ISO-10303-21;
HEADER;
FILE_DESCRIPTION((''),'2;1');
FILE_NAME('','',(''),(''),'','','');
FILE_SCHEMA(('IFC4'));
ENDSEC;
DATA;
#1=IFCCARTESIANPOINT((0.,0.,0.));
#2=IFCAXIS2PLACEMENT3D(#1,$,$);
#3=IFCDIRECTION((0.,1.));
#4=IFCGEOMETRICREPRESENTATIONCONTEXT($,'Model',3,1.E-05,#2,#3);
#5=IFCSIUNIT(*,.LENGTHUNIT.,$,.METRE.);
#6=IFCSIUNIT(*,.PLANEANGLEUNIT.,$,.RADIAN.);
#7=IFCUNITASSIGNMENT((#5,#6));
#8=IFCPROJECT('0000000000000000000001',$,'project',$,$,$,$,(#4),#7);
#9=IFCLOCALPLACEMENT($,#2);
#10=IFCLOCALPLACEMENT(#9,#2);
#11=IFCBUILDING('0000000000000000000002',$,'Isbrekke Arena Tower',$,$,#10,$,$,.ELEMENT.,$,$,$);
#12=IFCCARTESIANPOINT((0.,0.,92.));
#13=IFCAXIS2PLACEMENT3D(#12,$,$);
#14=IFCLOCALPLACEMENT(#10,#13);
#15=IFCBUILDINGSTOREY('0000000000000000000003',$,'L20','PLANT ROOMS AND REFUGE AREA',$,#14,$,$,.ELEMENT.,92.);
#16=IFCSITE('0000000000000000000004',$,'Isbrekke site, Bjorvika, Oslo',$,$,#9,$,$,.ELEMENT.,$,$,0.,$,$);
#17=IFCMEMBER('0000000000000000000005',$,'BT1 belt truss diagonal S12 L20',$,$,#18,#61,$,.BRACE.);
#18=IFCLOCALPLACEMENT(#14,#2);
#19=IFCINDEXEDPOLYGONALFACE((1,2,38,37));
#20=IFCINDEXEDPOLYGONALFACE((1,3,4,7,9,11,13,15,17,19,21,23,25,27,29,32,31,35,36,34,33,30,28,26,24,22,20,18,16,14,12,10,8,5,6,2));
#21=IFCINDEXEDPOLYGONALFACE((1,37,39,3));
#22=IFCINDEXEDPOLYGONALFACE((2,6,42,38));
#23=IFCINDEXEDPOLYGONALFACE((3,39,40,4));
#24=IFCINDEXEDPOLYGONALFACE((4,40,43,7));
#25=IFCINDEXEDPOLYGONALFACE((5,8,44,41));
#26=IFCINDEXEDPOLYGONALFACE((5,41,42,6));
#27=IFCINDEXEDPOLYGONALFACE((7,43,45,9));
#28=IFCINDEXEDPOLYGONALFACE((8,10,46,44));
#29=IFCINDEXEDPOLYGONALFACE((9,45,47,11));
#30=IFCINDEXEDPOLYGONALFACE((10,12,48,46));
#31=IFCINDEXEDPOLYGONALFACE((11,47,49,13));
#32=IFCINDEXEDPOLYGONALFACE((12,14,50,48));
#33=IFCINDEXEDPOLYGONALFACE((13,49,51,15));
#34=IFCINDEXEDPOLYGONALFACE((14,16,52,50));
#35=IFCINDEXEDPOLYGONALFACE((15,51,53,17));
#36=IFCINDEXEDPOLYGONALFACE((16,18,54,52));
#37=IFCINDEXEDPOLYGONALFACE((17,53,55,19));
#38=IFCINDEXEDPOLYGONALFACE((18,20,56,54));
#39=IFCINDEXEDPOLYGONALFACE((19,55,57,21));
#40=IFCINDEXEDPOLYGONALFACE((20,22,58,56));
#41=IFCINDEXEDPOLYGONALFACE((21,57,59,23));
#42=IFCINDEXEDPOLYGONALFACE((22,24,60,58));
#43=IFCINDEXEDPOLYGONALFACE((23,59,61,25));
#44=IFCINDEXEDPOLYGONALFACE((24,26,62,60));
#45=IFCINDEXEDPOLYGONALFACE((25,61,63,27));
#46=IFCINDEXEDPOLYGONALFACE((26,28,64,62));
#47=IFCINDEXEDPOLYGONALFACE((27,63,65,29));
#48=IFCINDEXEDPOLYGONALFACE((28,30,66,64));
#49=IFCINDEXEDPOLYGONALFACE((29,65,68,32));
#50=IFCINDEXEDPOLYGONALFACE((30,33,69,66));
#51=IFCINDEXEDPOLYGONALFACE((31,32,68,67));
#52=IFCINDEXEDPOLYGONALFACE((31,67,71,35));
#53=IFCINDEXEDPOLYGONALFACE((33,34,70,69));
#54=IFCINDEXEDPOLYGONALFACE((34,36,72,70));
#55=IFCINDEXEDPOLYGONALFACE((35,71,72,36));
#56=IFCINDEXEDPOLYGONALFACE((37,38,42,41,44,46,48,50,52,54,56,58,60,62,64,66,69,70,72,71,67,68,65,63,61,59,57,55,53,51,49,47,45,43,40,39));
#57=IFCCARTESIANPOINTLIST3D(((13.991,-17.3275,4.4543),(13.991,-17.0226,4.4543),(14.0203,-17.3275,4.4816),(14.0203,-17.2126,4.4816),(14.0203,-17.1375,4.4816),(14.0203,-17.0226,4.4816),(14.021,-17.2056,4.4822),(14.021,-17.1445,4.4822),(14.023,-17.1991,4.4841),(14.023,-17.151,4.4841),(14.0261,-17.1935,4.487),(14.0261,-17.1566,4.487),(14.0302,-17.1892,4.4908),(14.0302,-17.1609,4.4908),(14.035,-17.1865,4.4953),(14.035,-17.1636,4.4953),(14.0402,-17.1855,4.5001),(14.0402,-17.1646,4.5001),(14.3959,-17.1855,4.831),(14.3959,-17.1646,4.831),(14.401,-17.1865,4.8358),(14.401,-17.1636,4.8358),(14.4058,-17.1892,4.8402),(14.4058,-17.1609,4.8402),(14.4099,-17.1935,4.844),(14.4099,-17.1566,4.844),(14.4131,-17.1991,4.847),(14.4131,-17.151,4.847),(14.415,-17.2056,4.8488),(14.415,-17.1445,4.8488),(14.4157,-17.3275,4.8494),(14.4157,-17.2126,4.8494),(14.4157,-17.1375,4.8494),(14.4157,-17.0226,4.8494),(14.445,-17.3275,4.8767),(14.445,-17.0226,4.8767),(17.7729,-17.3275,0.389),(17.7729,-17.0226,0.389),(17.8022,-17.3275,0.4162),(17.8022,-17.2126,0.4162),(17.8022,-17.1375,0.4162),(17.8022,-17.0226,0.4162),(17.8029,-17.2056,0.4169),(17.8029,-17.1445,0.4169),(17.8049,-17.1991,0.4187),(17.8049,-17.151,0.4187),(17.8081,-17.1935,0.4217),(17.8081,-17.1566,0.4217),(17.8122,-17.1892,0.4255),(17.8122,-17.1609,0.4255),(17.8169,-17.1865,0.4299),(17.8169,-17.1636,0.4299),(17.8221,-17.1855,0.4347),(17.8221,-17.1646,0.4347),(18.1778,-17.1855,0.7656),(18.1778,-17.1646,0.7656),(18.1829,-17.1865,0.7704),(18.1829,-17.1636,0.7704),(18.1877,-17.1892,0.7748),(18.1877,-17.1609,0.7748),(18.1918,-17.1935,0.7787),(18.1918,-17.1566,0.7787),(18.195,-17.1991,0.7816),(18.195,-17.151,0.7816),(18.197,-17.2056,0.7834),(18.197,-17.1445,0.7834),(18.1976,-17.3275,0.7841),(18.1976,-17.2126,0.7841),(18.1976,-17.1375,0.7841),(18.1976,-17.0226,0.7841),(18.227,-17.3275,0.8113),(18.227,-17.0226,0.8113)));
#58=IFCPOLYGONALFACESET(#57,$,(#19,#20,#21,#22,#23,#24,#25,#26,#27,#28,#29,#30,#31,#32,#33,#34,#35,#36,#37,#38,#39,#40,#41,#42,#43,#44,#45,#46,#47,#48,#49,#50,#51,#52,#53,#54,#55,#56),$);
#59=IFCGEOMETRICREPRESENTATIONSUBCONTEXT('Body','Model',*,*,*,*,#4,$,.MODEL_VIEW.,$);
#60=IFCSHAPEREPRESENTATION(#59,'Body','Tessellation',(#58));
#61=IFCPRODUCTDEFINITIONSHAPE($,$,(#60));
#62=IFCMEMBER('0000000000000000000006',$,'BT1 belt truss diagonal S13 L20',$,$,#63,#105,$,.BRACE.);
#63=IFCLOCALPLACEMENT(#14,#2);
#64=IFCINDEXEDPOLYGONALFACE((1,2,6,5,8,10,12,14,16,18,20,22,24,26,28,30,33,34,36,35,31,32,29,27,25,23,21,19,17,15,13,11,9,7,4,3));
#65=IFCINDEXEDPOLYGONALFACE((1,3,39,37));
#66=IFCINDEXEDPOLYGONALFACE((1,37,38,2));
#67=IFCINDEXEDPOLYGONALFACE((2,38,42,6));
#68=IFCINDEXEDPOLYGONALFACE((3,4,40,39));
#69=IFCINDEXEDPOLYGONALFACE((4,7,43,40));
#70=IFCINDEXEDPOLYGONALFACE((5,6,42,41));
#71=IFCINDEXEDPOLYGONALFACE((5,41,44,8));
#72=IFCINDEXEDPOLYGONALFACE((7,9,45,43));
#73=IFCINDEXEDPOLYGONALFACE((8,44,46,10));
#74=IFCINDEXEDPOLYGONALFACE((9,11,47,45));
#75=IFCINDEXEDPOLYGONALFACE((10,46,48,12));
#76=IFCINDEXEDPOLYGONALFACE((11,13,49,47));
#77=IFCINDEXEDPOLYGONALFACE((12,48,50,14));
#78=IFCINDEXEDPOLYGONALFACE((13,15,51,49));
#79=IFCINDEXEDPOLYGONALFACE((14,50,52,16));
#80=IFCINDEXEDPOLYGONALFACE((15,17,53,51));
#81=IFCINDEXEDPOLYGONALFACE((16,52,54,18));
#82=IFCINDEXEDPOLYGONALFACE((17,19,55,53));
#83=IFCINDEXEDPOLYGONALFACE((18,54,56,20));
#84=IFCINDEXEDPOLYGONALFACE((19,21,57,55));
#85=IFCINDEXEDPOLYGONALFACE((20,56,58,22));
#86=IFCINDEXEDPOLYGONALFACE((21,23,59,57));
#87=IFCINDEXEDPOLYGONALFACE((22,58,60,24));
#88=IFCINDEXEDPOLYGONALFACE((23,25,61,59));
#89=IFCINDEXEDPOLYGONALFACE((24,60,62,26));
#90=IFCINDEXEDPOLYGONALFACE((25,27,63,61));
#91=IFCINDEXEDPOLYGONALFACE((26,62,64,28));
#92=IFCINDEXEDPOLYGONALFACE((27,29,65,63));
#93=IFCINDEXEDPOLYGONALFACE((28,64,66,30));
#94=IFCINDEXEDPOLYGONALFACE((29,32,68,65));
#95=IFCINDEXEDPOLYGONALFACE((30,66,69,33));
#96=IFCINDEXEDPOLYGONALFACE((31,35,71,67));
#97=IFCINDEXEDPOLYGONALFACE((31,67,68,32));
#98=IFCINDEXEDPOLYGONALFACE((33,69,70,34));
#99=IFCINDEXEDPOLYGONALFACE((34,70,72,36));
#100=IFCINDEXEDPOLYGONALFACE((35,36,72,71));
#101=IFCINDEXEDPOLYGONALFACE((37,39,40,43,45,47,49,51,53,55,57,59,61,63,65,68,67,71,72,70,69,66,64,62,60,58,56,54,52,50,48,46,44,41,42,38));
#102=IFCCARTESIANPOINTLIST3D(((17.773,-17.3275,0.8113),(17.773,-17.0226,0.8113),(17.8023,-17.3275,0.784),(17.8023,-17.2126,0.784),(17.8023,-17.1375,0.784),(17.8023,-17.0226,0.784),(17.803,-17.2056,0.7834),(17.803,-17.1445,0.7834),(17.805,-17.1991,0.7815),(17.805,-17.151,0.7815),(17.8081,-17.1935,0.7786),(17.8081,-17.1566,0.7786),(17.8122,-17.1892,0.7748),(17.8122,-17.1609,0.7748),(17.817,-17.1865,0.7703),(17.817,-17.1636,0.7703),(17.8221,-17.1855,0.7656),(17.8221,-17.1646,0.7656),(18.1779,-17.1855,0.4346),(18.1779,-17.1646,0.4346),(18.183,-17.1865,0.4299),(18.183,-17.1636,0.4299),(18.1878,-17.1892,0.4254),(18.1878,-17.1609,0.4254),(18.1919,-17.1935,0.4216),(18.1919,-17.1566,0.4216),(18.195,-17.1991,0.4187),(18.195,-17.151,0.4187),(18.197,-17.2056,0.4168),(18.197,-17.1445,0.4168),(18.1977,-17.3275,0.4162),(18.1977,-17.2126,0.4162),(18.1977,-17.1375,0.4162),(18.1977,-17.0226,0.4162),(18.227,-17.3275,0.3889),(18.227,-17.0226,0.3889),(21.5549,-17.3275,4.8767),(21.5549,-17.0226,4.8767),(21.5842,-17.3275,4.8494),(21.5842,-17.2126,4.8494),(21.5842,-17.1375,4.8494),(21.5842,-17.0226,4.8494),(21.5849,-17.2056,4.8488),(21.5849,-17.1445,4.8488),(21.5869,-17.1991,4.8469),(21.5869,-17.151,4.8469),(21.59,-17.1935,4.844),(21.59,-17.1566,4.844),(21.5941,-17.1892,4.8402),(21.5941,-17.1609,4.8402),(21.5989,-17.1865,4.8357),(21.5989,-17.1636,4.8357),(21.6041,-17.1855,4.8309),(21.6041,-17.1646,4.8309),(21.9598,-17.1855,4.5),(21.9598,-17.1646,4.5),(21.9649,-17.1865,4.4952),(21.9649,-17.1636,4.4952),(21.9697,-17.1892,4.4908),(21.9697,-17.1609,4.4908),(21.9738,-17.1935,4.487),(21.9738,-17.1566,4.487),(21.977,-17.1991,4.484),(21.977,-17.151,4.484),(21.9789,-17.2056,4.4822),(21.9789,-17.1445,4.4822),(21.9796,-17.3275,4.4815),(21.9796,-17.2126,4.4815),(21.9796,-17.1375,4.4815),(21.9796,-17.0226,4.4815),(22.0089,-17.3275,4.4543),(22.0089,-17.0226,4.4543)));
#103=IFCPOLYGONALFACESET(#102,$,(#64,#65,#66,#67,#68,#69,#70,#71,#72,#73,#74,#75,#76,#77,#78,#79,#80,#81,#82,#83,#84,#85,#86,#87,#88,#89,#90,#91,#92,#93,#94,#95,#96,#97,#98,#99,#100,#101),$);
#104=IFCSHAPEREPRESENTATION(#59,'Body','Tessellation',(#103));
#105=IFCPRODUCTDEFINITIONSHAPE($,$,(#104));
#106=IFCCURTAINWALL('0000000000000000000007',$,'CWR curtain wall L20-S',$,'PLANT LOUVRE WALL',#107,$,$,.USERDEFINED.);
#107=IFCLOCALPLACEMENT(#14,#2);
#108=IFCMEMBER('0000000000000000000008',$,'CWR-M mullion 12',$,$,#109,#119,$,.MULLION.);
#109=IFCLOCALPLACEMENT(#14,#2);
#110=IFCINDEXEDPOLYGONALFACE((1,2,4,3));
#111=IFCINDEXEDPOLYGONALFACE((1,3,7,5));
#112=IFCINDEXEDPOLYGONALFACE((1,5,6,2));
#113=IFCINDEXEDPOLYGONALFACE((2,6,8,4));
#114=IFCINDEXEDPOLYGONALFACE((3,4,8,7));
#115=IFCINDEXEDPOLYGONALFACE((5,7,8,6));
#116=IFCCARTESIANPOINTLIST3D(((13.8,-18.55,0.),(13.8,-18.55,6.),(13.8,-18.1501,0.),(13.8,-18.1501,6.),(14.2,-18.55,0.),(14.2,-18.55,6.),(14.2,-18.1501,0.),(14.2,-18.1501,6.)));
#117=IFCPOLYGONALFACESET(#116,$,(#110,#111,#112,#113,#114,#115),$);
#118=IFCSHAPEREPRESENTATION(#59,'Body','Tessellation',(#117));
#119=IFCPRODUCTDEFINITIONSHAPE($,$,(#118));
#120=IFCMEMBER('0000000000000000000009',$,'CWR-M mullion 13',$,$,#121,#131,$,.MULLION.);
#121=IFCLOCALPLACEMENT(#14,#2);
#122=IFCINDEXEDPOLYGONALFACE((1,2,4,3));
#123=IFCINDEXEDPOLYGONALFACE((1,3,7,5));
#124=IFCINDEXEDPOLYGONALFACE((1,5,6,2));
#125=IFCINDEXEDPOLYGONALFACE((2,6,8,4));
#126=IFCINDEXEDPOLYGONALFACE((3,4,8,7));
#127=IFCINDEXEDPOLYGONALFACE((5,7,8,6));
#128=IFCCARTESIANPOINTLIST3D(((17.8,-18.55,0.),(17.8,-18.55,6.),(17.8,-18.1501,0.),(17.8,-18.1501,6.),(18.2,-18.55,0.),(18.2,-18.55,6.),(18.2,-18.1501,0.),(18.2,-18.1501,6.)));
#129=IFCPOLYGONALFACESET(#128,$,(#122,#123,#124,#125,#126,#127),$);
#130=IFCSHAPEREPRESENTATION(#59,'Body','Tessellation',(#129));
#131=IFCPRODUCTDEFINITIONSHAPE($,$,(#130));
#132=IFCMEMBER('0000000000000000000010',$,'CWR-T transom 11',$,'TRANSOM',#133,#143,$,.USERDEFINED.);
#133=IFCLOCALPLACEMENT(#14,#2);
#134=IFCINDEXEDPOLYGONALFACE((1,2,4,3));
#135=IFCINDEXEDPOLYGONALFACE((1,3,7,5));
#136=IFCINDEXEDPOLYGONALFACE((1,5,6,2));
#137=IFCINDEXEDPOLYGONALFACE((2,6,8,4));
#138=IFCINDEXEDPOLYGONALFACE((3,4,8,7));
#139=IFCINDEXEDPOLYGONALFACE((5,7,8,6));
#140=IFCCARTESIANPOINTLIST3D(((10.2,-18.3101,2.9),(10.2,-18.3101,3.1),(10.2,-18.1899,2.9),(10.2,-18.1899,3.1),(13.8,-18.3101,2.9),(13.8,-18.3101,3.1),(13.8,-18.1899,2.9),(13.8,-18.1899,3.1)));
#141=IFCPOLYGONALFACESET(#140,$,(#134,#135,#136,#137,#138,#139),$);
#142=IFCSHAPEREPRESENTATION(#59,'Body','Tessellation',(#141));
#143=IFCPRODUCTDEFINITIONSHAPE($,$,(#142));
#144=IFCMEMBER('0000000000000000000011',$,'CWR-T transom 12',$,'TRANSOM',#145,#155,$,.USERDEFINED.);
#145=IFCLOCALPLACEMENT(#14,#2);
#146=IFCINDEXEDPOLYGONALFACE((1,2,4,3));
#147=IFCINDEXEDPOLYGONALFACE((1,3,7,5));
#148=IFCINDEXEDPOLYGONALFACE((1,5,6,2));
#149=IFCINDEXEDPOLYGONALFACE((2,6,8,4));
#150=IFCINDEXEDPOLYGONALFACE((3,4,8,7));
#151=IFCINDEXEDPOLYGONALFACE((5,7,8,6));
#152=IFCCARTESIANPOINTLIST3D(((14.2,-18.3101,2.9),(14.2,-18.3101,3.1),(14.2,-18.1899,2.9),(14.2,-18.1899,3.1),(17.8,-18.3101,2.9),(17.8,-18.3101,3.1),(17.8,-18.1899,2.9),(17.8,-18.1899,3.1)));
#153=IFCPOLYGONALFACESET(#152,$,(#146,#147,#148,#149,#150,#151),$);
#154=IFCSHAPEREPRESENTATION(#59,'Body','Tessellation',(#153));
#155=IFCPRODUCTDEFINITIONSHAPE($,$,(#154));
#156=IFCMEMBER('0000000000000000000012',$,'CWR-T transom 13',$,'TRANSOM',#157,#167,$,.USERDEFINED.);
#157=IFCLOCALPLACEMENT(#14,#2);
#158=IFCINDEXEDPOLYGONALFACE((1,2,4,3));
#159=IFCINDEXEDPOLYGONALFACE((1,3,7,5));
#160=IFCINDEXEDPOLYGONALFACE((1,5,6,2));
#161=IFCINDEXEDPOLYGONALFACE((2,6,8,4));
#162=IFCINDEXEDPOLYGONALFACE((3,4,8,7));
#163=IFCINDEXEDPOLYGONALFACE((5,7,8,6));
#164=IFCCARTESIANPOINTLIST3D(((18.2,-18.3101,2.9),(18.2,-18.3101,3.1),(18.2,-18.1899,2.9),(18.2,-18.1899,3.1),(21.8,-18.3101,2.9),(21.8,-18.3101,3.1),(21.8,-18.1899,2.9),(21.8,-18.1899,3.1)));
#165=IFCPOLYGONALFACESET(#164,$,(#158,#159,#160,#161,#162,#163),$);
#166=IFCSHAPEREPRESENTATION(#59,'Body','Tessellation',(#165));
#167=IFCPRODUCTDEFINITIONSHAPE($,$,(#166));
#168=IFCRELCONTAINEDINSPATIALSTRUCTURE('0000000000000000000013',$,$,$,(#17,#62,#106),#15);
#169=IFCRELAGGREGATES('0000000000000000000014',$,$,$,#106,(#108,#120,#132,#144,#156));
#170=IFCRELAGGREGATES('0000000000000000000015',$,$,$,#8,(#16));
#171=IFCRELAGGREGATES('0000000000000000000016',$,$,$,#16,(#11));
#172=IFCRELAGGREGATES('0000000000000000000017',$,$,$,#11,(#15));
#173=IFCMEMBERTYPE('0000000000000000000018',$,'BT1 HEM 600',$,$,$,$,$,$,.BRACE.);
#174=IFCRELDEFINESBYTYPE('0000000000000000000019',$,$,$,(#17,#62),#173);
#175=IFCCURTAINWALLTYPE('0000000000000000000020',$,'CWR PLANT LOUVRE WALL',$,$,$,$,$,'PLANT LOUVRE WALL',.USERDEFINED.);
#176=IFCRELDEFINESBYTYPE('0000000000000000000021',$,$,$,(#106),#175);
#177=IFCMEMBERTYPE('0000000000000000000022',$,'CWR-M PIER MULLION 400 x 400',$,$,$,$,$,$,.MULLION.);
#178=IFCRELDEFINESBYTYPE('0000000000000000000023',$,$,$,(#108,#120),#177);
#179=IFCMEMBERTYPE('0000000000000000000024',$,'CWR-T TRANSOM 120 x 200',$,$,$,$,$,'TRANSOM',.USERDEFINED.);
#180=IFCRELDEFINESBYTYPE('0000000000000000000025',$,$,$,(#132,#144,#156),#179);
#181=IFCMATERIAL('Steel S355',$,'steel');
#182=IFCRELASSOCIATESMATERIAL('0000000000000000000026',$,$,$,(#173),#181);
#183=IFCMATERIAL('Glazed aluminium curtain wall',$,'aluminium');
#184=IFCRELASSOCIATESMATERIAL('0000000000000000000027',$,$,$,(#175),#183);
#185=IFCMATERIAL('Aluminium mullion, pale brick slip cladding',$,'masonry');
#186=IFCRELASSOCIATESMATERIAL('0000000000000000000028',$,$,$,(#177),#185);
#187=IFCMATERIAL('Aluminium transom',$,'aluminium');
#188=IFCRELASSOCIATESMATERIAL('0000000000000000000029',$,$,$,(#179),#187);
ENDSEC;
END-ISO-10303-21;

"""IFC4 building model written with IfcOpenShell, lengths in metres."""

from ifc_helpers import new_model, si_unit, direction, frame, origin, origin_2d, place, context, subcontext, project, spatial, rectangle, i_section, extrude, material, material_profile, profile_set, type_object, element, aggregate, save


model = new_model("IFC4")

# Units and contexts
model_context = context("Model", 3, precision=1e-05, world=origin(), true_north=direction((0.0, 1.0)))
body_context = subcontext(model_context, "Body", "Model", "MODEL_VIEW")
ifc_project = project(units=[si_unit("LENGTHUNIT", "METRE"), si_unit("PLANEANGLEUNIT", "RADIAN")], contexts=[model_context])

# Site, building, storey
site_placement = place(None, origin())
site = spatial("IfcSite", under=ifc_project, at=site_placement, Name="Isbrekke site, Bjorvika, Oslo", CompositionType="ELEMENT", RefElevation=0.0)
building_placement = place(site_placement, origin())
building = spatial("IfcBuilding", under=site, at=building_placement, Name="Isbrekke Arena Tower", CompositionType="ELEMENT")
storey_placement = place(building_placement, frame((0.0, 0.0, 92.0)))
storey = spatial("IfcBuildingStorey", under=building, at=storey_placement, Name="L20", Description="PLANT ROOMS AND REFUGE AREA", CompositionType="ELEMENT", Elevation=92.0)

# Members
ifc_material_1 = material(Name="Steel S355", Category="steel")
ifc_material_profile_1 = material_profile(ifc_material_1, i_section(OverallWidth=0.3049, OverallDepth=0.6201, WebThickness=0.021, FlangeThickness=0.04, FilletRadius=0.0271, at=origin_2d()), Name="HEM 600")
ifc_profile_set_1 = profile_set([ifc_material_profile_1], Name="Steel S355")
member_type_1 = type_object("IfcMemberType", Name="BT1 HEM 600", PredefinedType="BRACE", material=ifc_profile_set_1)
for number, where, z_axis, x_axis, name in (
    (1, (14.218, -17.175, 4.6655), (0.681122, 0.0, -0.73217), (0.0, 1.0, 0.0), "BT1 belt truss diagonal S12 L20"),
    (2, (18.0, -17.175, 0.6001), (0.681122, 0.0, 0.73217), (0.0, 1.0, 0.0), "BT1 belt truss diagonal S13 L20"),
):
    element("IfcMember", number, at=place(storey_placement, frame(where, z_axis=z_axis, x_axis=x_axis)), inside=storey, type_object=member_type_1, Name=name, PredefinedType="BRACE", context=body_context, shape_type="SweptSolid", body=[
        extrude(i_section(OverallWidth=0.3049, OverallDepth=0.6201, WebThickness=0.021, FlangeThickness=0.04, FilletRadius=0.0271, at=origin_2d()), origin(), (0.0, 0.0, 1.0), 5.5525),
    ])

# Curtain wall, members
ifc_material_2 = material(Name="Glazed aluminium curtain wall", Category="aluminium")
curtain_wall_type = type_object("IfcCurtainWallType", Name="CWR PLANT LOUVRE WALL", ElementType="PLANT LOUVRE WALL", PredefinedType="USERDEFINED", material=ifc_material_2)
curtain_wall_placement = place(storey_placement, origin())
curtain_wall = element("IfcCurtainWall", 3, at=curtain_wall_placement, inside=storey, type_object=curtain_wall_type, Name="CWR curtain wall L20-S", ObjectType="PLANT LOUVRE WALL", PredefinedType="USERDEFINED")
ifc_material_3 = material(Name="Aluminium mullion, pale brick slip cladding", Category="masonry")
ifc_material_profile_2 = material_profile(ifc_material_3, rectangle(XDim=0.3999, YDim=0.3999, at=origin_2d()), Name="PIER 400X400")
ifc_profile_set_2 = profile_set([ifc_material_profile_2], Name="Aluminium mullion, pale brick slip cladding")
member_type_2 = type_object("IfcMemberType", Name="CWR-M PIER MULLION 400 x 400", PredefinedType="MULLION", material=ifc_profile_set_2)
member_1_placement = place(storey_placement, frame((14.0, -18.3501, 0.0), z_axis=(0.0, 0.0, 1.0), x_axis=(1.0, 0.0, 0.0)))
member_1 = element("IfcMember", 4, at=member_1_placement, type_object=member_type_2, Name="CWR-M mullion 12", PredefinedType="MULLION", context=body_context, shape_type="SweptSolid", body=[
    extrude(rectangle(XDim=0.3999, YDim=0.3999, at=origin_2d()), origin(), (0.0, 0.0, 1.0), 6.0),
])
member_2_placement = place(storey_placement, frame((18.0, -18.3501, 0.0), z_axis=(0.0, 0.0, 1.0), x_axis=(1.0, 0.0, 0.0)))
member_2 = element("IfcMember", 5, at=member_2_placement, type_object=member_type_2, Name="CWR-M mullion 13", PredefinedType="MULLION", context=body_context, shape_type="SweptSolid", body=[
    extrude(rectangle(XDim=0.3999, YDim=0.3999, at=origin_2d()), origin(), (0.0, 0.0, 1.0), 6.0),
])
ifc_material_4 = material(Name="Aluminium transom", Category="aluminium")
ifc_material_profile_3 = material_profile(ifc_material_4, rectangle(XDim=0.1201, YDim=0.2, at=origin_2d()), Name="TRANSOM 120X200")
ifc_profile_set_3 = profile_set([ifc_material_profile_3], Name="Aluminium transom")
member_type_3 = type_object("IfcMemberType", Name="CWR-T TRANSOM 120 x 200", ElementType="TRANSOM", PredefinedType="USERDEFINED", material=ifc_profile_set_3)
member_3_placement = place(storey_placement, frame((10.2, -18.25, 3.0), z_axis=(1.0, 0.0, 0.0), x_axis=(0.0, 1.0, 0.0)))
member_3 = element("IfcMember", 6, at=member_3_placement, type_object=member_type_3, Name="CWR-T transom 11", ObjectType="TRANSOM", PredefinedType="USERDEFINED", context=body_context, shape_type="SweptSolid", body=[
    extrude(rectangle(XDim=0.1201, YDim=0.2, at=origin_2d()), origin(), (0.0, 0.0, 1.0), 3.6001),
])
member_4_placement = place(storey_placement, frame((14.2, -18.25, 3.0), z_axis=(1.0, 0.0, 0.0), x_axis=(0.0, 1.0, 0.0)))
member_4 = element("IfcMember", 7, at=member_4_placement, type_object=member_type_3, Name="CWR-T transom 12", ObjectType="TRANSOM", PredefinedType="USERDEFINED", context=body_context, shape_type="SweptSolid", body=[
    extrude(rectangle(XDim=0.1201, YDim=0.2, at=origin_2d()), origin(), (0.0, 0.0, 1.0), 3.6001),
])
member_5_placement = place(storey_placement, frame((18.2, -18.25, 3.0), z_axis=(1.0, 0.0, 0.0), x_axis=(0.0, 1.0, 0.0)))
member_5 = element("IfcMember", 8, at=member_5_placement, type_object=member_type_3, Name="CWR-T transom 13", ObjectType="TRANSOM", PredefinedType="USERDEFINED", context=body_context, shape_type="SweptSolid", body=[
    extrude(rectangle(XDim=0.1201, YDim=0.2, at=origin_2d()), origin(), (0.0, 0.0, 1.0), 3.6001),
])

aggregate(curtain_wall, [member_1, member_2, member_3, member_4, member_5])

save(model, "model.ifc")
